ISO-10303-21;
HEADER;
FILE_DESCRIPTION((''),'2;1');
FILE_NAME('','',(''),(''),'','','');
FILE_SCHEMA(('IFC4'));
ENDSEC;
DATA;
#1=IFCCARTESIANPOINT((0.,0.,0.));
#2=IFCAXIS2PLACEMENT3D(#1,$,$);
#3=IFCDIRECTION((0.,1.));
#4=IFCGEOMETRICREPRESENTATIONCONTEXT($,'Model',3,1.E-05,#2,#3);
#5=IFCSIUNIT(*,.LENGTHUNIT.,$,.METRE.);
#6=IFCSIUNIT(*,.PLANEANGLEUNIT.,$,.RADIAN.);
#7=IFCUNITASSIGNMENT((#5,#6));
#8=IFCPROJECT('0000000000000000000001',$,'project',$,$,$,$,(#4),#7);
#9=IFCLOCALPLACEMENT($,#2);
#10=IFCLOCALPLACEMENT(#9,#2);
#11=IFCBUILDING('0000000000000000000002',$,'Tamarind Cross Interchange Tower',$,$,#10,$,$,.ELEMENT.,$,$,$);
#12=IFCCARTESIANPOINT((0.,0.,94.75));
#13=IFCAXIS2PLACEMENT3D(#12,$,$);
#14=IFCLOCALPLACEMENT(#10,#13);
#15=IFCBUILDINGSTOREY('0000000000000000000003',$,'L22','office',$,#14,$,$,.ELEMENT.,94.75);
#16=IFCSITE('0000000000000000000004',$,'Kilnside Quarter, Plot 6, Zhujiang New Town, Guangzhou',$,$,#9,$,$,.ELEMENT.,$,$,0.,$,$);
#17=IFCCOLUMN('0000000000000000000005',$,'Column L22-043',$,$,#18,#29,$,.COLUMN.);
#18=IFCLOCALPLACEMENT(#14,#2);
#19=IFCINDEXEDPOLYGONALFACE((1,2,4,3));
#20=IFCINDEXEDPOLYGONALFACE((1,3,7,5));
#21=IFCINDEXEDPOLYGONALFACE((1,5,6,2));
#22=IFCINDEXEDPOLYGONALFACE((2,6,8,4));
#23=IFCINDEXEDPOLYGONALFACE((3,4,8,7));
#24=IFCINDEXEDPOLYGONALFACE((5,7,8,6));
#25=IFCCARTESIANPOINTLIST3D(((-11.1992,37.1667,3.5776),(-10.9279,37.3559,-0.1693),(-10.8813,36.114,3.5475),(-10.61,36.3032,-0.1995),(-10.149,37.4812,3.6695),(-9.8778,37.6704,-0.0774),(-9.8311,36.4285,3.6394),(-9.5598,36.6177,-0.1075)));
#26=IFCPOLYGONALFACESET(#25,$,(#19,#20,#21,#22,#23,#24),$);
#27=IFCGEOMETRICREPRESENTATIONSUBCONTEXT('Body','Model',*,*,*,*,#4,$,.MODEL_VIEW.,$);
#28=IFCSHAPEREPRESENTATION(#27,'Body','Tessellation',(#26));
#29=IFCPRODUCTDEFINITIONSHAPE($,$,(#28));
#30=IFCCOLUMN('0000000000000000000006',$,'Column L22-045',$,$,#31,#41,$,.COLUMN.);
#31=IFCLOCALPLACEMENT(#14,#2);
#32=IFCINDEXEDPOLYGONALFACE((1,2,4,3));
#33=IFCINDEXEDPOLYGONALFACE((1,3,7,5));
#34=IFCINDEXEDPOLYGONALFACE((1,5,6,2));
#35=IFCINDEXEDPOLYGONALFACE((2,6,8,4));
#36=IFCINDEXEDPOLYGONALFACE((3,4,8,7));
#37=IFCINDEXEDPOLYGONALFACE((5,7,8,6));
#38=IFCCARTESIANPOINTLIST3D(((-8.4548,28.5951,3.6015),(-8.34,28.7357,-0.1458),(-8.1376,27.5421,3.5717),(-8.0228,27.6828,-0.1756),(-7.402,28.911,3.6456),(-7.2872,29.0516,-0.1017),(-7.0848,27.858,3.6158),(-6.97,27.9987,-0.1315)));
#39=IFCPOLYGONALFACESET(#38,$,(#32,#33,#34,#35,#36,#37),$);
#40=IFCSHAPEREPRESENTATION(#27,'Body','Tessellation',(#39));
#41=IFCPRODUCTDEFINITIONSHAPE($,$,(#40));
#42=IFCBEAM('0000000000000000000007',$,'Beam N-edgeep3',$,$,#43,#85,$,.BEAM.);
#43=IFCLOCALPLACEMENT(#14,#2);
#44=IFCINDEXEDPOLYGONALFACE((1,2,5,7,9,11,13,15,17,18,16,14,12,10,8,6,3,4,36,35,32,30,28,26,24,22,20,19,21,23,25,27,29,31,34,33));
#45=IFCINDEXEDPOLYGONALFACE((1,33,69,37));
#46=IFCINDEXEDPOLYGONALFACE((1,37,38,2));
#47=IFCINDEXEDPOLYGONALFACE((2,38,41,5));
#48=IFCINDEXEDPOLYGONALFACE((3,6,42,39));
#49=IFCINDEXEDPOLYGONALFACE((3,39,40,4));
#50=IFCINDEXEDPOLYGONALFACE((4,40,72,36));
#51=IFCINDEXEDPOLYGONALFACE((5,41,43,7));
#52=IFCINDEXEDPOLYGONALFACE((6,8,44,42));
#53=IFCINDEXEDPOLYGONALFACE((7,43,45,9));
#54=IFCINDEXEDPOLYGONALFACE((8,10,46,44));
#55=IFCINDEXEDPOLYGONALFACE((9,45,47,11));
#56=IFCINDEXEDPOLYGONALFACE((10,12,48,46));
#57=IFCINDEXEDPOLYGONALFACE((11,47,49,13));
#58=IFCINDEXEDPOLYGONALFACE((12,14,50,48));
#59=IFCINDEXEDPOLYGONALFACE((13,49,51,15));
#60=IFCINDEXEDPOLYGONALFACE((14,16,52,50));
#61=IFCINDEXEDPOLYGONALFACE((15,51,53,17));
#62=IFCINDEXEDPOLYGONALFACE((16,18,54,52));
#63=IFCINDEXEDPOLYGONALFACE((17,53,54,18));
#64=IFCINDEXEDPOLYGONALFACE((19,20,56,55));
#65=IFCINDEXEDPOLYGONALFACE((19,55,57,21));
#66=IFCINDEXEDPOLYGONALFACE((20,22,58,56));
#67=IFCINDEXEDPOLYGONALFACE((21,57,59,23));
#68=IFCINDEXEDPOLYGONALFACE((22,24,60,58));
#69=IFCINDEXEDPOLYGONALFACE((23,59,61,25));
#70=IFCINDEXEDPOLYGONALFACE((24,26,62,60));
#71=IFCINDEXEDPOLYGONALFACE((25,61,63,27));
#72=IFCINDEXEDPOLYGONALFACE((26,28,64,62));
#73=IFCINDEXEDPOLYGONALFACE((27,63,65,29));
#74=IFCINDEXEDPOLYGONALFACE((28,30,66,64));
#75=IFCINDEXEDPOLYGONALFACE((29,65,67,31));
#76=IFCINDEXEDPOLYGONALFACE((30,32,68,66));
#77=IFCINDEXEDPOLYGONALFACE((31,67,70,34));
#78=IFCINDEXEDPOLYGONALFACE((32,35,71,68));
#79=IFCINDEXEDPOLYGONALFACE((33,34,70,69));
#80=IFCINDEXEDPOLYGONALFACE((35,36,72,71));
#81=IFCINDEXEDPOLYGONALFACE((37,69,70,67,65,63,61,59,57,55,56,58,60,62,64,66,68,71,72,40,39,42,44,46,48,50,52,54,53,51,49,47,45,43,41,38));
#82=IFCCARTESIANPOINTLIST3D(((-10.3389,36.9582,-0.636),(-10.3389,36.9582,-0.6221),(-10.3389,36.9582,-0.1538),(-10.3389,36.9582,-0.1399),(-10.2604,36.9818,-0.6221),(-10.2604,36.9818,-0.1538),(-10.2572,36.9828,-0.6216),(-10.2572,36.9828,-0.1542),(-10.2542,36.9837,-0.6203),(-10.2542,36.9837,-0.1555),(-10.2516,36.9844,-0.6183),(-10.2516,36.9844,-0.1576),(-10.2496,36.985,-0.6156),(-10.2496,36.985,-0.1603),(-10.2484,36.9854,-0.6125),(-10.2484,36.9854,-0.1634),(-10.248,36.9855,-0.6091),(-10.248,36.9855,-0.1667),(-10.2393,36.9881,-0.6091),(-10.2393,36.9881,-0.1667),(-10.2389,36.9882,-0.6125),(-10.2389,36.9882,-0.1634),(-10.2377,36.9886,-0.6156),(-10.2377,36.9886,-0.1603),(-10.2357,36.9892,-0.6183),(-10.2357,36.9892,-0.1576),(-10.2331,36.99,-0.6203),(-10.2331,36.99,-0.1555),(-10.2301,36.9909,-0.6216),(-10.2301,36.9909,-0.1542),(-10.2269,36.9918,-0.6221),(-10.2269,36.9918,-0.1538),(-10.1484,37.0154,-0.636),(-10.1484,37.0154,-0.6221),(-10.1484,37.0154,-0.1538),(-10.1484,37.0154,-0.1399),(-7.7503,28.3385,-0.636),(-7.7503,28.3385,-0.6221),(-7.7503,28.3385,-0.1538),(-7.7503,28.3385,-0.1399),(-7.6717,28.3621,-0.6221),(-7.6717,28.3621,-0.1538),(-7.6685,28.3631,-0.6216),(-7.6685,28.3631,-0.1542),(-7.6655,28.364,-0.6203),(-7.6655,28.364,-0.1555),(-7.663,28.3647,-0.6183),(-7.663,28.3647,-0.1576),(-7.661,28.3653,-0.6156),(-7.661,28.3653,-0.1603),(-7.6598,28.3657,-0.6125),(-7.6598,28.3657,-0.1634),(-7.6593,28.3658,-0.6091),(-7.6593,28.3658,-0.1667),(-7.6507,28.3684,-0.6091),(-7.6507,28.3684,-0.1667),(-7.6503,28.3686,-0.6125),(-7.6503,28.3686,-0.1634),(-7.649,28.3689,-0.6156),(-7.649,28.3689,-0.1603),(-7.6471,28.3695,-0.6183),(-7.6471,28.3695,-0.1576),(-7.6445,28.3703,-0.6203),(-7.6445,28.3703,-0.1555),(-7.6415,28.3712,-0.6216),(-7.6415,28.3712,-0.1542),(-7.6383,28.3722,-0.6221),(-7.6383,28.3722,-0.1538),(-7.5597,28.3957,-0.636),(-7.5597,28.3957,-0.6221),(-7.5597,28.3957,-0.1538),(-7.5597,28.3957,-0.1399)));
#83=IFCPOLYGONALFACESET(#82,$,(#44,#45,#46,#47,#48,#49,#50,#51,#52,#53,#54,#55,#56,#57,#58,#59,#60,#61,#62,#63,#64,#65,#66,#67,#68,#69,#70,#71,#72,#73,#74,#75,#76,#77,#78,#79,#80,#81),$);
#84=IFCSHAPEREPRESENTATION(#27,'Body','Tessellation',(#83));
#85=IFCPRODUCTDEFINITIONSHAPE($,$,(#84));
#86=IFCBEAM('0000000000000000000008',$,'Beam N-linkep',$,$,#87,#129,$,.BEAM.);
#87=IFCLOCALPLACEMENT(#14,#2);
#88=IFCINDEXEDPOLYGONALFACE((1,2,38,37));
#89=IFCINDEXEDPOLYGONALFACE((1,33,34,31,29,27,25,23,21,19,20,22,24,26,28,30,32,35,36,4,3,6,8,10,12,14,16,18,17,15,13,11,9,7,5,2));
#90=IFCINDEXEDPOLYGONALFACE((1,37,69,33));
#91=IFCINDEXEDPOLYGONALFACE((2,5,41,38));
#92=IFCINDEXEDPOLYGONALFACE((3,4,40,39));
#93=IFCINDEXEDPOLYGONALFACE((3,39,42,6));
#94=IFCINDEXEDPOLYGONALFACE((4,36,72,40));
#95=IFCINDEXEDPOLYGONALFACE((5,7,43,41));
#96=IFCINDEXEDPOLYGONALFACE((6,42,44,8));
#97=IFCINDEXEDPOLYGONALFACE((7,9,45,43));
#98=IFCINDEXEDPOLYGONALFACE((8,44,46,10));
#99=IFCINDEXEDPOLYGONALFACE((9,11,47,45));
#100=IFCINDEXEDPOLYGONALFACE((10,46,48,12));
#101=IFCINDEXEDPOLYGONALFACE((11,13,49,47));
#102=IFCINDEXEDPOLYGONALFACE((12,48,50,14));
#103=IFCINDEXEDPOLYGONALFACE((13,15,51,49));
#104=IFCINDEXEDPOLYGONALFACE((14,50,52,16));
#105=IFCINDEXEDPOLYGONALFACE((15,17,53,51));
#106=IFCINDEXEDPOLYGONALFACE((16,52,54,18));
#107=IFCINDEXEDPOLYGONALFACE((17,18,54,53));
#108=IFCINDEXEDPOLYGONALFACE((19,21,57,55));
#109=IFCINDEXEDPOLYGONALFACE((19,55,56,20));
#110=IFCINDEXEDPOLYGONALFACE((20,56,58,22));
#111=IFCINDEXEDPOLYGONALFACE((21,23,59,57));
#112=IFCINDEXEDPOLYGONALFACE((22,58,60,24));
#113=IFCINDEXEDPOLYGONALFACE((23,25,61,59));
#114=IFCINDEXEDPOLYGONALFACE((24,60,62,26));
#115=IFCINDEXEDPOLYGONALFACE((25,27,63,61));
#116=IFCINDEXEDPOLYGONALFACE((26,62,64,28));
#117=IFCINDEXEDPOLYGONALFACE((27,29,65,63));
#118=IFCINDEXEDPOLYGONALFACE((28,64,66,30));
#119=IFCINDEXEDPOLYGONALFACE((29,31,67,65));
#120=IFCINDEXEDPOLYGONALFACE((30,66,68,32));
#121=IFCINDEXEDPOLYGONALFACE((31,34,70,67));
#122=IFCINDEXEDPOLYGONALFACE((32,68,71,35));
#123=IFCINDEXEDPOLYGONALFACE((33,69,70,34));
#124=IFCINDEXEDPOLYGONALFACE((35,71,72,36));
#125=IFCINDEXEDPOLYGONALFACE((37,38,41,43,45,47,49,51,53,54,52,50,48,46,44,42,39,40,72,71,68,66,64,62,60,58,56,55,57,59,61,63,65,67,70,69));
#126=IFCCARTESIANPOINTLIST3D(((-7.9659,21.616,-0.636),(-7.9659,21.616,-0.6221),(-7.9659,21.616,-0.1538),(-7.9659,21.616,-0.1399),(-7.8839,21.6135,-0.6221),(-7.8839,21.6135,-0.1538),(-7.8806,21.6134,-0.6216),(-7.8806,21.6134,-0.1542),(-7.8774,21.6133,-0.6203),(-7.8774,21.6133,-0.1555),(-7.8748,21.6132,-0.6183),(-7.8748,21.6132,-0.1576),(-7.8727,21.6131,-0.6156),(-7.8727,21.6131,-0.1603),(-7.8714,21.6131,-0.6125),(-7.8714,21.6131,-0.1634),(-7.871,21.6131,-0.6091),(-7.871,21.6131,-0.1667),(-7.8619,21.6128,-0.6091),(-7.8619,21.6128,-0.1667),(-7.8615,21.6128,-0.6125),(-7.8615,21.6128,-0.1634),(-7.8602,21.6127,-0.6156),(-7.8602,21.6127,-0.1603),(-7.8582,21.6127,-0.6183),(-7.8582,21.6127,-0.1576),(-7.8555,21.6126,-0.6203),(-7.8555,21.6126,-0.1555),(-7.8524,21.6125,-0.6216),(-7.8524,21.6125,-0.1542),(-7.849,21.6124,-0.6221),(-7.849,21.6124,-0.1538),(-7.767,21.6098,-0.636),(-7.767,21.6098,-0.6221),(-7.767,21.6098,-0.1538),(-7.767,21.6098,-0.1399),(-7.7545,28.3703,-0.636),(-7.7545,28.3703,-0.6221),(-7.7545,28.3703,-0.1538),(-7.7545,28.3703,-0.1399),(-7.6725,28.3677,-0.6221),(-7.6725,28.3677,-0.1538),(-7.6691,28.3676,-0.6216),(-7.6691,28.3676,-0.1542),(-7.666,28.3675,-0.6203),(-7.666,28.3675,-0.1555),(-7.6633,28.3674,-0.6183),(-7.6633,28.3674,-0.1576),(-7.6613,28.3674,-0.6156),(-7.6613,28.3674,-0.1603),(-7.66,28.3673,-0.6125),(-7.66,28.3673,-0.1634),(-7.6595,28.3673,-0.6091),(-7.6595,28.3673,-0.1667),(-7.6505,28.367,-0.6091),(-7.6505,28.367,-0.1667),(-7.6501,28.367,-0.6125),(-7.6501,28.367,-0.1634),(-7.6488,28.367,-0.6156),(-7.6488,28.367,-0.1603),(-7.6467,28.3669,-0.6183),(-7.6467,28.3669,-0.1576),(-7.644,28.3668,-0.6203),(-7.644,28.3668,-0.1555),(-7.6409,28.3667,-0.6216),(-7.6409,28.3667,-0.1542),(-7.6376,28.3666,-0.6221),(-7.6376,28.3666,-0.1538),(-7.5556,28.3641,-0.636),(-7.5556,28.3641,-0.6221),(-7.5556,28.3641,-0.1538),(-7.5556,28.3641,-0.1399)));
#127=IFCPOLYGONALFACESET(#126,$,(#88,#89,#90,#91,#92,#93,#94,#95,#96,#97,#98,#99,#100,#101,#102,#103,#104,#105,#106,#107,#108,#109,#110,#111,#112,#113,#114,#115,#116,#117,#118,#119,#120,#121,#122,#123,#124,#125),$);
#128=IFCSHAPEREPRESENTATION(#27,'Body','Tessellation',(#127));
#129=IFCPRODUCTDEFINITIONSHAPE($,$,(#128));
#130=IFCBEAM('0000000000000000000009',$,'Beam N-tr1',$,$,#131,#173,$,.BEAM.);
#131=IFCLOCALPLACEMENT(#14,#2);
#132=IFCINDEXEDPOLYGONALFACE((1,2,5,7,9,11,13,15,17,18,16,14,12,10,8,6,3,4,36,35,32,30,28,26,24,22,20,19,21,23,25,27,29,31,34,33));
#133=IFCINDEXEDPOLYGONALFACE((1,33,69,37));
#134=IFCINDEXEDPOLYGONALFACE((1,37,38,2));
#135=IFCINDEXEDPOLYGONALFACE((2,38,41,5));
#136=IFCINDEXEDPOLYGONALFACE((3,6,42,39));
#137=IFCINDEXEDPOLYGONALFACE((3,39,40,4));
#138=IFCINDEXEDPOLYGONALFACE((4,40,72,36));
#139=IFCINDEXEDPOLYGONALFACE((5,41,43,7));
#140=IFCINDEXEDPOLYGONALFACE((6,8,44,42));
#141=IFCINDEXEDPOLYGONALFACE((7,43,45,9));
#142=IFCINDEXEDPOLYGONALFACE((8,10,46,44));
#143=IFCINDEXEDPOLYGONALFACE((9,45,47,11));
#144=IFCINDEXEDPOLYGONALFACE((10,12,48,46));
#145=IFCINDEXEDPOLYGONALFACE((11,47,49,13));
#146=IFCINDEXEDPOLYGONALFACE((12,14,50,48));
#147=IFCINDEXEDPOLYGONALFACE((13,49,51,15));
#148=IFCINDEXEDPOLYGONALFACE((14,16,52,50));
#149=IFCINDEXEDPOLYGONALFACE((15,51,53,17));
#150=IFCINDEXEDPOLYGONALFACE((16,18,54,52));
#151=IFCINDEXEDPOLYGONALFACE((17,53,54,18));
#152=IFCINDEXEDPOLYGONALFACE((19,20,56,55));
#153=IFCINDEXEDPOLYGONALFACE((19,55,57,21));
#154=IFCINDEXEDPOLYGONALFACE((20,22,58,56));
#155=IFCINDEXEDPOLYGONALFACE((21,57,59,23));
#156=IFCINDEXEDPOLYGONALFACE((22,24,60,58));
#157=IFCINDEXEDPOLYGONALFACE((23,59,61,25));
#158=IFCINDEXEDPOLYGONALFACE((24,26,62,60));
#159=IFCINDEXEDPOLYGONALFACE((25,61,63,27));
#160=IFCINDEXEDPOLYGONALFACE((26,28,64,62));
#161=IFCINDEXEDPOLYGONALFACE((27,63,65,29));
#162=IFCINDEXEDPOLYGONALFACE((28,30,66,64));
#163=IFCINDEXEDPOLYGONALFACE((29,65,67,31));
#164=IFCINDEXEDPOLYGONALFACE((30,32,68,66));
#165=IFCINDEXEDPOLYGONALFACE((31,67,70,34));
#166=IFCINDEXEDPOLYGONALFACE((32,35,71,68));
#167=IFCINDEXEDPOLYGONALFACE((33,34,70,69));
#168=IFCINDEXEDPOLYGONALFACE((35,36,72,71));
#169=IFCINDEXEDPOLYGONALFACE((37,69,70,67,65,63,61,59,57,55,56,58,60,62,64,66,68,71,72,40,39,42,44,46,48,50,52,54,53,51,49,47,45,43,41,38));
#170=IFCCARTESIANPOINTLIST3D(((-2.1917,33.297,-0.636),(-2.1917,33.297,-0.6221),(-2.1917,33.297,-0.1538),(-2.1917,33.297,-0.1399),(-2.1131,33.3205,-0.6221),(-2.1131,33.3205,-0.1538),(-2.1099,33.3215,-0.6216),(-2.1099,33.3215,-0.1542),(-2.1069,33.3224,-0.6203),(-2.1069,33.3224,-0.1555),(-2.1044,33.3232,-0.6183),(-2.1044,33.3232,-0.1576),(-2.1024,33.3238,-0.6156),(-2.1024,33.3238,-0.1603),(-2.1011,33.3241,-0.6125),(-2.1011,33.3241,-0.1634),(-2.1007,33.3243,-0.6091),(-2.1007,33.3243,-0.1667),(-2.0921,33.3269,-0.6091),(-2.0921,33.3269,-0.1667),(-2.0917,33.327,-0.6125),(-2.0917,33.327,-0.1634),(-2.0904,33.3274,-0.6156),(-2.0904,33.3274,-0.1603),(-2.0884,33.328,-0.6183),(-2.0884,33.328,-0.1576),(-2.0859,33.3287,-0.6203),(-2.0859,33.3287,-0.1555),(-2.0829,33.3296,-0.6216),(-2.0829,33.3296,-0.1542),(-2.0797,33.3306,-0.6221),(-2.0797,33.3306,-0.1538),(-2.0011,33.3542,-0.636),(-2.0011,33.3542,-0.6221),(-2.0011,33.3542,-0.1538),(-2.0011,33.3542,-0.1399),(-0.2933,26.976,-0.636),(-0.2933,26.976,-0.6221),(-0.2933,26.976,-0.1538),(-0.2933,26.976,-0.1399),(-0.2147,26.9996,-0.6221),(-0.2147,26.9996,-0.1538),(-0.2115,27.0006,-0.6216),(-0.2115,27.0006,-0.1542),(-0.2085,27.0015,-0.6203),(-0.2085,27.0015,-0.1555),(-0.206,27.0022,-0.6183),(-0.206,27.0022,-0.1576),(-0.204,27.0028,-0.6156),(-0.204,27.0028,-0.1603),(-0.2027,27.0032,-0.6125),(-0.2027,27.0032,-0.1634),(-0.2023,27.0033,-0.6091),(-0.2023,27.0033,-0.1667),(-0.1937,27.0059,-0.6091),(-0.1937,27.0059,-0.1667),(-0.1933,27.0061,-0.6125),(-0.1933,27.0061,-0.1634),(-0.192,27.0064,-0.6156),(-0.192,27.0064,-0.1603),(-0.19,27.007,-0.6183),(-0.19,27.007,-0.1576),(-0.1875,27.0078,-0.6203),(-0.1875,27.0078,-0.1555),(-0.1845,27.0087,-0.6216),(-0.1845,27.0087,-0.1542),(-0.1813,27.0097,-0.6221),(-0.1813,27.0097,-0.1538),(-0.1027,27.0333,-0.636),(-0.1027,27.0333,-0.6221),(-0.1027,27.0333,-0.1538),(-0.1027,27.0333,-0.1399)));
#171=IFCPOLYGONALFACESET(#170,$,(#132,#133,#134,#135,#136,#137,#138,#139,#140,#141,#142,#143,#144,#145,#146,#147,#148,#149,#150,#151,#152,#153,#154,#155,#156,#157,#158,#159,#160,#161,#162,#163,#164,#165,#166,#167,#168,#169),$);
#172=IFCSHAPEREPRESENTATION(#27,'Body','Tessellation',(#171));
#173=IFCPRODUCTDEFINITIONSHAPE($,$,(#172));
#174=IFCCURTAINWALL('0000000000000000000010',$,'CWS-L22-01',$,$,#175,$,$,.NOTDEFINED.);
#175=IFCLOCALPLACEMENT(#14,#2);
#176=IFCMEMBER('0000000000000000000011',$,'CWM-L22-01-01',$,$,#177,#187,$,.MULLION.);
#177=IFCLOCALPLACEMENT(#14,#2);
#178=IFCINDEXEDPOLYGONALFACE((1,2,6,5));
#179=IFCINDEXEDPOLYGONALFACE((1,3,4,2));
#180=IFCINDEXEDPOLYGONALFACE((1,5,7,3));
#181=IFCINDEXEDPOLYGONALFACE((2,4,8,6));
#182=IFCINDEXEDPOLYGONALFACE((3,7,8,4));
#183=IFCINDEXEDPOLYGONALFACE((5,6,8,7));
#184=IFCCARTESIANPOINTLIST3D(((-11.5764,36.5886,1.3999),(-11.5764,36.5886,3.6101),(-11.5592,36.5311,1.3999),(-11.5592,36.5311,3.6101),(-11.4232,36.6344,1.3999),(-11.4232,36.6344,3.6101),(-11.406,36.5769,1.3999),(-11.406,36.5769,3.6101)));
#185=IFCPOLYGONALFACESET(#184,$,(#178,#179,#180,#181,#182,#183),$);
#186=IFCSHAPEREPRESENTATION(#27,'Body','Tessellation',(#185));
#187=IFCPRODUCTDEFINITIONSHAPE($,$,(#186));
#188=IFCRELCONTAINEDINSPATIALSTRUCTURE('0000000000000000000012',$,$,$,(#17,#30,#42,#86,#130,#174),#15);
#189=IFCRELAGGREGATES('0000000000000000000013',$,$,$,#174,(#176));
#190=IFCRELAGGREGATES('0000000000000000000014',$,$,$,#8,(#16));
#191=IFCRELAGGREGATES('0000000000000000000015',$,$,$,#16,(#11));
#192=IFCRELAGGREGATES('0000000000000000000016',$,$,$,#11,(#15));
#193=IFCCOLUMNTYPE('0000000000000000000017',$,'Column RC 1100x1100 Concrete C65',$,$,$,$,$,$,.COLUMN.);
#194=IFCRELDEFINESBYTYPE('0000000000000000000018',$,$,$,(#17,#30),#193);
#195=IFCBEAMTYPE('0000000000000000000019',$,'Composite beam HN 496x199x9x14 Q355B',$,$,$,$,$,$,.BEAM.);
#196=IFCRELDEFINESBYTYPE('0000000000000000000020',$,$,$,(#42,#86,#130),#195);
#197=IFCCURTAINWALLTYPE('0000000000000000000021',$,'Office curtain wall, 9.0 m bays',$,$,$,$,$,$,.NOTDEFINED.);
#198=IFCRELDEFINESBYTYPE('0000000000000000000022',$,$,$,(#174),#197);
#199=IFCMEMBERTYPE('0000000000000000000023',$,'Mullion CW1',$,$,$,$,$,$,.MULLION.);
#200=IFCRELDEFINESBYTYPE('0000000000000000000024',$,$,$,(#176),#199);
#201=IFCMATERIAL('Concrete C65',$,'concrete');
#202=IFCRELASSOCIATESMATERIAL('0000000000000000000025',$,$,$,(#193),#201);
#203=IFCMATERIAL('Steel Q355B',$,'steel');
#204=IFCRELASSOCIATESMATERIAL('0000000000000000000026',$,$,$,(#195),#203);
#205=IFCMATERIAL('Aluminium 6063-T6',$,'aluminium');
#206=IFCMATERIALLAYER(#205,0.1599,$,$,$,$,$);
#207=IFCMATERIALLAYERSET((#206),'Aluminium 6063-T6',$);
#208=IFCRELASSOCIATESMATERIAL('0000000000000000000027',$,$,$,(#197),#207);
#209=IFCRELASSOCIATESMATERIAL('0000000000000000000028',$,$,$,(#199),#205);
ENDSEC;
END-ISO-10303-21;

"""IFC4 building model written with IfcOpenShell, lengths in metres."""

from ifc_helpers import new_model, si_unit, direction, frame, origin, origin_2d, place, context, subcontext, project, spatial, rectangle, i_section, extrude, material, layer, layer_set, material_profile, profile_set, type_object, element, aggregate, save


model = new_model("IFC4")

# Units and contexts
model_context = context("Model", 3, precision=1e-05, world=origin(), true_north=direction((0.0, 1.0)))
body_context = subcontext(model_context, "Body", "Model", "MODEL_VIEW")
ifc_project = project(units=[si_unit("LENGTHUNIT", "METRE"), si_unit("PLANEANGLEUNIT", "RADIAN")], contexts=[model_context])

# Site, building, storey
site_placement = place(None, origin())
site = spatial("IfcSite", under=ifc_project, at=site_placement, Name="Kilnside Quarter, Plot 6, Zhujiang New Town, Guangzhou", CompositionType="ELEMENT", RefElevation=0.0)
building_placement = place(site_placement, origin())
building = spatial("IfcBuilding", under=site, at=building_placement, Name="Tamarind Cross Interchange Tower", CompositionType="ELEMENT")
storey_placement = place(building_placement, frame((0.0, 0.0, 94.75)))
storey = spatial("IfcBuildingStorey", under=building, at=storey_placement, Name="L22", Description="office", CompositionType="ELEMENT", Elevation=94.75)

# Columns
ifc_material_1 = material(Name="Concrete C65", Category="concrete")
ifc_material_profile_1 = material_profile(ifc_material_1, rectangle(XDim=1.1001, YDim=1.1001, at=origin_2d()), Name="RC 1100x1100")
ifc_profile_set_1 = profile_set([ifc_material_profile_1], Name="Concrete C65")
column_type = type_object("IfcColumnType", Name="Column RC 1100x1100 Concrete C65", PredefinedType="COLUMN", material=ifc_profile_set_1)
column_1_placement = place(storey_placement, frame((-10.2439, 36.9868, -0.1384), z_axis=(-0.072112, -0.050303, 0.996127), x_axis=(0.954606, 0.285917, 0.083544)))
element("IfcColumn", 1, at=column_1_placement, inside=storey, type_object=column_type, Name="Column L22-043", PredefinedType="COLUMN", context=body_context, shape_type="SweptSolid", body=[
    extrude(rectangle(XDim=1.1001, YDim=1.1001, at=origin_2d()), origin(), (0.0, 0.0, 1.0), 3.7615),
])
column_2_placement = place(storey_placement, frame((-7.655, 28.3672, -0.1387), z_axis=(-0.030585, -0.037483, 0.998829), x_axis=(0.95704, 0.287171, 0.040082)))
element("IfcColumn", 2, at=column_2_placement, inside=storey, type_object=column_type, Name="Column L22-045", PredefinedType="COLUMN", context=body_context, shape_type="SweptSolid", body=[
    extrude(rectangle(XDim=1.1001, YDim=1.1001, at=origin_2d()), origin(), (0.0, 0.0, 1.0), 3.7517),
])

# Beams
ifc_material_2 = material(Name="Steel Q355B", Category="steel")
ifc_material_profile_2 = material_profile(ifc_material_2, i_section(OverallWidth=0.199, OverallDepth=0.4961, WebThickness=0.009, FlangeThickness=0.0139, FilletRadius=0.0129, at=origin_2d()), Name="HN 496x199x9x14")
ifc_profile_set_2 = profile_set([ifc_material_profile_2], Name="Steel Q355B")
beam_type = type_object("IfcBeamType", Name="Composite beam HN 496x199x9x14 Q355B", PredefinedType="BEAM", material=ifc_profile_set_2)
beam_1_placement = place(storey_placement, frame((-10.2437, 36.9868, -0.3879), z_axis=(0.287627, -0.957743, 0.0), x_axis=(0.957743, 0.287627, 0.0)))
element("IfcBeam", 3, at=beam_1_placement, inside=storey, type_object=beam_type, Name="Beam N-edgeep3", PredefinedType="BEAM", context=body_context, shape_type="SweptSolid", body=[
    extrude(i_section(OverallWidth=0.199, OverallDepth=0.4961, WebThickness=0.009, FlangeThickness=0.0139, FilletRadius=0.0129, at=origin_2d()), origin(), (0.0, 0.0, 1.0), 9.0),
])
beam_2_placement = place(storey_placement, frame((-7.655, 28.3672, -0.3879), z_axis=(-0.031288, -0.99951, 0.0), x_axis=(0.99951, -0.031288, 0.0)))
element("IfcBeam", 4, at=beam_2_placement, inside=storey, type_object=beam_type, Name="Beam N-linkep", PredefinedType="BEAM", context=body_context, shape_type="SweptSolid", body=[
    extrude(i_section(OverallWidth=0.199, OverallDepth=0.4961, WebThickness=0.009, FlangeThickness=0.0139, FilletRadius=0.0129, at=origin_2d()), origin(), (0.0, 0.0, 1.0), 6.7576),
])
beam_3_placement = place(storey_placement, frame((-0.198, 27.0046, -0.3879), z_axis=(-0.287643, 0.957738, 0.0), x_axis=(-0.957738, -0.287643, 0.0)))
element("IfcBeam", 5, at=beam_3_placement, inside=storey, type_object=beam_type, Name="Beam N-tr1", PredefinedType="BEAM", context=body_context, shape_type="SweptSolid", body=[
    extrude(i_section(OverallWidth=0.199, OverallDepth=0.4961, WebThickness=0.009, FlangeThickness=0.0139, FilletRadius=0.0129, at=origin_2d()), origin(), (0.0, 0.0, 1.0), 6.5999),
])

# Curtain wall, member
ifc_material_3 = material(Name="Aluminium 6063-T6", Category="aluminium")
ifc_layer_1 = layer(ifc_material_3, 0.1599)
ifc_layer_set_1 = layer_set([ifc_layer_1], Name="Aluminium 6063-T6")
curtain_wall_type = type_object("IfcCurtainWallType", Name="Office curtain wall, 9.0 m bays", PredefinedType="NOTDEFINED", material=ifc_layer_set_1)
curtain_wall_placement = place(storey_placement, origin())
curtain_wall = element("IfcCurtainWall", 6, at=curtain_wall_placement, inside=storey, type_object=curtain_wall_type, Name="CWS-L22-01", PredefinedType="NOTDEFINED")
ifc_material_profile_3 = material_profile(ifc_material_3, rectangle(XDim=0.0601, YDim=0.1599, at=origin_2d()), Name="Mullion CW1")
ifc_profile_set_3 = profile_set([ifc_material_profile_3], Name="Aluminium 6063-T6")
member_type = type_object("IfcMemberType", Name="Mullion CW1", PredefinedType="MULLION", material=ifc_profile_set_3)
member_1_placement = place(storey_placement, frame((-11.4912, 36.5828, 1.3999), z_axis=(0.0, 0.0, 1.0), x_axis=(0.286304, -0.958139, 0.0)))
member_1 = element("IfcMember", 7, at=member_1_placement, type_object=member_type, Name="CWM-L22-01-01", PredefinedType="MULLION", context=body_context, shape_type="SweptSolid", body=[
    extrude(rectangle(XDim=0.0601, YDim=0.1599, at=origin_2d()), origin(), (0.0, 0.0, 1.0), 2.2102),
])
aggregate(curtain_wall, [member_1])

save(model, "model.ifc")
